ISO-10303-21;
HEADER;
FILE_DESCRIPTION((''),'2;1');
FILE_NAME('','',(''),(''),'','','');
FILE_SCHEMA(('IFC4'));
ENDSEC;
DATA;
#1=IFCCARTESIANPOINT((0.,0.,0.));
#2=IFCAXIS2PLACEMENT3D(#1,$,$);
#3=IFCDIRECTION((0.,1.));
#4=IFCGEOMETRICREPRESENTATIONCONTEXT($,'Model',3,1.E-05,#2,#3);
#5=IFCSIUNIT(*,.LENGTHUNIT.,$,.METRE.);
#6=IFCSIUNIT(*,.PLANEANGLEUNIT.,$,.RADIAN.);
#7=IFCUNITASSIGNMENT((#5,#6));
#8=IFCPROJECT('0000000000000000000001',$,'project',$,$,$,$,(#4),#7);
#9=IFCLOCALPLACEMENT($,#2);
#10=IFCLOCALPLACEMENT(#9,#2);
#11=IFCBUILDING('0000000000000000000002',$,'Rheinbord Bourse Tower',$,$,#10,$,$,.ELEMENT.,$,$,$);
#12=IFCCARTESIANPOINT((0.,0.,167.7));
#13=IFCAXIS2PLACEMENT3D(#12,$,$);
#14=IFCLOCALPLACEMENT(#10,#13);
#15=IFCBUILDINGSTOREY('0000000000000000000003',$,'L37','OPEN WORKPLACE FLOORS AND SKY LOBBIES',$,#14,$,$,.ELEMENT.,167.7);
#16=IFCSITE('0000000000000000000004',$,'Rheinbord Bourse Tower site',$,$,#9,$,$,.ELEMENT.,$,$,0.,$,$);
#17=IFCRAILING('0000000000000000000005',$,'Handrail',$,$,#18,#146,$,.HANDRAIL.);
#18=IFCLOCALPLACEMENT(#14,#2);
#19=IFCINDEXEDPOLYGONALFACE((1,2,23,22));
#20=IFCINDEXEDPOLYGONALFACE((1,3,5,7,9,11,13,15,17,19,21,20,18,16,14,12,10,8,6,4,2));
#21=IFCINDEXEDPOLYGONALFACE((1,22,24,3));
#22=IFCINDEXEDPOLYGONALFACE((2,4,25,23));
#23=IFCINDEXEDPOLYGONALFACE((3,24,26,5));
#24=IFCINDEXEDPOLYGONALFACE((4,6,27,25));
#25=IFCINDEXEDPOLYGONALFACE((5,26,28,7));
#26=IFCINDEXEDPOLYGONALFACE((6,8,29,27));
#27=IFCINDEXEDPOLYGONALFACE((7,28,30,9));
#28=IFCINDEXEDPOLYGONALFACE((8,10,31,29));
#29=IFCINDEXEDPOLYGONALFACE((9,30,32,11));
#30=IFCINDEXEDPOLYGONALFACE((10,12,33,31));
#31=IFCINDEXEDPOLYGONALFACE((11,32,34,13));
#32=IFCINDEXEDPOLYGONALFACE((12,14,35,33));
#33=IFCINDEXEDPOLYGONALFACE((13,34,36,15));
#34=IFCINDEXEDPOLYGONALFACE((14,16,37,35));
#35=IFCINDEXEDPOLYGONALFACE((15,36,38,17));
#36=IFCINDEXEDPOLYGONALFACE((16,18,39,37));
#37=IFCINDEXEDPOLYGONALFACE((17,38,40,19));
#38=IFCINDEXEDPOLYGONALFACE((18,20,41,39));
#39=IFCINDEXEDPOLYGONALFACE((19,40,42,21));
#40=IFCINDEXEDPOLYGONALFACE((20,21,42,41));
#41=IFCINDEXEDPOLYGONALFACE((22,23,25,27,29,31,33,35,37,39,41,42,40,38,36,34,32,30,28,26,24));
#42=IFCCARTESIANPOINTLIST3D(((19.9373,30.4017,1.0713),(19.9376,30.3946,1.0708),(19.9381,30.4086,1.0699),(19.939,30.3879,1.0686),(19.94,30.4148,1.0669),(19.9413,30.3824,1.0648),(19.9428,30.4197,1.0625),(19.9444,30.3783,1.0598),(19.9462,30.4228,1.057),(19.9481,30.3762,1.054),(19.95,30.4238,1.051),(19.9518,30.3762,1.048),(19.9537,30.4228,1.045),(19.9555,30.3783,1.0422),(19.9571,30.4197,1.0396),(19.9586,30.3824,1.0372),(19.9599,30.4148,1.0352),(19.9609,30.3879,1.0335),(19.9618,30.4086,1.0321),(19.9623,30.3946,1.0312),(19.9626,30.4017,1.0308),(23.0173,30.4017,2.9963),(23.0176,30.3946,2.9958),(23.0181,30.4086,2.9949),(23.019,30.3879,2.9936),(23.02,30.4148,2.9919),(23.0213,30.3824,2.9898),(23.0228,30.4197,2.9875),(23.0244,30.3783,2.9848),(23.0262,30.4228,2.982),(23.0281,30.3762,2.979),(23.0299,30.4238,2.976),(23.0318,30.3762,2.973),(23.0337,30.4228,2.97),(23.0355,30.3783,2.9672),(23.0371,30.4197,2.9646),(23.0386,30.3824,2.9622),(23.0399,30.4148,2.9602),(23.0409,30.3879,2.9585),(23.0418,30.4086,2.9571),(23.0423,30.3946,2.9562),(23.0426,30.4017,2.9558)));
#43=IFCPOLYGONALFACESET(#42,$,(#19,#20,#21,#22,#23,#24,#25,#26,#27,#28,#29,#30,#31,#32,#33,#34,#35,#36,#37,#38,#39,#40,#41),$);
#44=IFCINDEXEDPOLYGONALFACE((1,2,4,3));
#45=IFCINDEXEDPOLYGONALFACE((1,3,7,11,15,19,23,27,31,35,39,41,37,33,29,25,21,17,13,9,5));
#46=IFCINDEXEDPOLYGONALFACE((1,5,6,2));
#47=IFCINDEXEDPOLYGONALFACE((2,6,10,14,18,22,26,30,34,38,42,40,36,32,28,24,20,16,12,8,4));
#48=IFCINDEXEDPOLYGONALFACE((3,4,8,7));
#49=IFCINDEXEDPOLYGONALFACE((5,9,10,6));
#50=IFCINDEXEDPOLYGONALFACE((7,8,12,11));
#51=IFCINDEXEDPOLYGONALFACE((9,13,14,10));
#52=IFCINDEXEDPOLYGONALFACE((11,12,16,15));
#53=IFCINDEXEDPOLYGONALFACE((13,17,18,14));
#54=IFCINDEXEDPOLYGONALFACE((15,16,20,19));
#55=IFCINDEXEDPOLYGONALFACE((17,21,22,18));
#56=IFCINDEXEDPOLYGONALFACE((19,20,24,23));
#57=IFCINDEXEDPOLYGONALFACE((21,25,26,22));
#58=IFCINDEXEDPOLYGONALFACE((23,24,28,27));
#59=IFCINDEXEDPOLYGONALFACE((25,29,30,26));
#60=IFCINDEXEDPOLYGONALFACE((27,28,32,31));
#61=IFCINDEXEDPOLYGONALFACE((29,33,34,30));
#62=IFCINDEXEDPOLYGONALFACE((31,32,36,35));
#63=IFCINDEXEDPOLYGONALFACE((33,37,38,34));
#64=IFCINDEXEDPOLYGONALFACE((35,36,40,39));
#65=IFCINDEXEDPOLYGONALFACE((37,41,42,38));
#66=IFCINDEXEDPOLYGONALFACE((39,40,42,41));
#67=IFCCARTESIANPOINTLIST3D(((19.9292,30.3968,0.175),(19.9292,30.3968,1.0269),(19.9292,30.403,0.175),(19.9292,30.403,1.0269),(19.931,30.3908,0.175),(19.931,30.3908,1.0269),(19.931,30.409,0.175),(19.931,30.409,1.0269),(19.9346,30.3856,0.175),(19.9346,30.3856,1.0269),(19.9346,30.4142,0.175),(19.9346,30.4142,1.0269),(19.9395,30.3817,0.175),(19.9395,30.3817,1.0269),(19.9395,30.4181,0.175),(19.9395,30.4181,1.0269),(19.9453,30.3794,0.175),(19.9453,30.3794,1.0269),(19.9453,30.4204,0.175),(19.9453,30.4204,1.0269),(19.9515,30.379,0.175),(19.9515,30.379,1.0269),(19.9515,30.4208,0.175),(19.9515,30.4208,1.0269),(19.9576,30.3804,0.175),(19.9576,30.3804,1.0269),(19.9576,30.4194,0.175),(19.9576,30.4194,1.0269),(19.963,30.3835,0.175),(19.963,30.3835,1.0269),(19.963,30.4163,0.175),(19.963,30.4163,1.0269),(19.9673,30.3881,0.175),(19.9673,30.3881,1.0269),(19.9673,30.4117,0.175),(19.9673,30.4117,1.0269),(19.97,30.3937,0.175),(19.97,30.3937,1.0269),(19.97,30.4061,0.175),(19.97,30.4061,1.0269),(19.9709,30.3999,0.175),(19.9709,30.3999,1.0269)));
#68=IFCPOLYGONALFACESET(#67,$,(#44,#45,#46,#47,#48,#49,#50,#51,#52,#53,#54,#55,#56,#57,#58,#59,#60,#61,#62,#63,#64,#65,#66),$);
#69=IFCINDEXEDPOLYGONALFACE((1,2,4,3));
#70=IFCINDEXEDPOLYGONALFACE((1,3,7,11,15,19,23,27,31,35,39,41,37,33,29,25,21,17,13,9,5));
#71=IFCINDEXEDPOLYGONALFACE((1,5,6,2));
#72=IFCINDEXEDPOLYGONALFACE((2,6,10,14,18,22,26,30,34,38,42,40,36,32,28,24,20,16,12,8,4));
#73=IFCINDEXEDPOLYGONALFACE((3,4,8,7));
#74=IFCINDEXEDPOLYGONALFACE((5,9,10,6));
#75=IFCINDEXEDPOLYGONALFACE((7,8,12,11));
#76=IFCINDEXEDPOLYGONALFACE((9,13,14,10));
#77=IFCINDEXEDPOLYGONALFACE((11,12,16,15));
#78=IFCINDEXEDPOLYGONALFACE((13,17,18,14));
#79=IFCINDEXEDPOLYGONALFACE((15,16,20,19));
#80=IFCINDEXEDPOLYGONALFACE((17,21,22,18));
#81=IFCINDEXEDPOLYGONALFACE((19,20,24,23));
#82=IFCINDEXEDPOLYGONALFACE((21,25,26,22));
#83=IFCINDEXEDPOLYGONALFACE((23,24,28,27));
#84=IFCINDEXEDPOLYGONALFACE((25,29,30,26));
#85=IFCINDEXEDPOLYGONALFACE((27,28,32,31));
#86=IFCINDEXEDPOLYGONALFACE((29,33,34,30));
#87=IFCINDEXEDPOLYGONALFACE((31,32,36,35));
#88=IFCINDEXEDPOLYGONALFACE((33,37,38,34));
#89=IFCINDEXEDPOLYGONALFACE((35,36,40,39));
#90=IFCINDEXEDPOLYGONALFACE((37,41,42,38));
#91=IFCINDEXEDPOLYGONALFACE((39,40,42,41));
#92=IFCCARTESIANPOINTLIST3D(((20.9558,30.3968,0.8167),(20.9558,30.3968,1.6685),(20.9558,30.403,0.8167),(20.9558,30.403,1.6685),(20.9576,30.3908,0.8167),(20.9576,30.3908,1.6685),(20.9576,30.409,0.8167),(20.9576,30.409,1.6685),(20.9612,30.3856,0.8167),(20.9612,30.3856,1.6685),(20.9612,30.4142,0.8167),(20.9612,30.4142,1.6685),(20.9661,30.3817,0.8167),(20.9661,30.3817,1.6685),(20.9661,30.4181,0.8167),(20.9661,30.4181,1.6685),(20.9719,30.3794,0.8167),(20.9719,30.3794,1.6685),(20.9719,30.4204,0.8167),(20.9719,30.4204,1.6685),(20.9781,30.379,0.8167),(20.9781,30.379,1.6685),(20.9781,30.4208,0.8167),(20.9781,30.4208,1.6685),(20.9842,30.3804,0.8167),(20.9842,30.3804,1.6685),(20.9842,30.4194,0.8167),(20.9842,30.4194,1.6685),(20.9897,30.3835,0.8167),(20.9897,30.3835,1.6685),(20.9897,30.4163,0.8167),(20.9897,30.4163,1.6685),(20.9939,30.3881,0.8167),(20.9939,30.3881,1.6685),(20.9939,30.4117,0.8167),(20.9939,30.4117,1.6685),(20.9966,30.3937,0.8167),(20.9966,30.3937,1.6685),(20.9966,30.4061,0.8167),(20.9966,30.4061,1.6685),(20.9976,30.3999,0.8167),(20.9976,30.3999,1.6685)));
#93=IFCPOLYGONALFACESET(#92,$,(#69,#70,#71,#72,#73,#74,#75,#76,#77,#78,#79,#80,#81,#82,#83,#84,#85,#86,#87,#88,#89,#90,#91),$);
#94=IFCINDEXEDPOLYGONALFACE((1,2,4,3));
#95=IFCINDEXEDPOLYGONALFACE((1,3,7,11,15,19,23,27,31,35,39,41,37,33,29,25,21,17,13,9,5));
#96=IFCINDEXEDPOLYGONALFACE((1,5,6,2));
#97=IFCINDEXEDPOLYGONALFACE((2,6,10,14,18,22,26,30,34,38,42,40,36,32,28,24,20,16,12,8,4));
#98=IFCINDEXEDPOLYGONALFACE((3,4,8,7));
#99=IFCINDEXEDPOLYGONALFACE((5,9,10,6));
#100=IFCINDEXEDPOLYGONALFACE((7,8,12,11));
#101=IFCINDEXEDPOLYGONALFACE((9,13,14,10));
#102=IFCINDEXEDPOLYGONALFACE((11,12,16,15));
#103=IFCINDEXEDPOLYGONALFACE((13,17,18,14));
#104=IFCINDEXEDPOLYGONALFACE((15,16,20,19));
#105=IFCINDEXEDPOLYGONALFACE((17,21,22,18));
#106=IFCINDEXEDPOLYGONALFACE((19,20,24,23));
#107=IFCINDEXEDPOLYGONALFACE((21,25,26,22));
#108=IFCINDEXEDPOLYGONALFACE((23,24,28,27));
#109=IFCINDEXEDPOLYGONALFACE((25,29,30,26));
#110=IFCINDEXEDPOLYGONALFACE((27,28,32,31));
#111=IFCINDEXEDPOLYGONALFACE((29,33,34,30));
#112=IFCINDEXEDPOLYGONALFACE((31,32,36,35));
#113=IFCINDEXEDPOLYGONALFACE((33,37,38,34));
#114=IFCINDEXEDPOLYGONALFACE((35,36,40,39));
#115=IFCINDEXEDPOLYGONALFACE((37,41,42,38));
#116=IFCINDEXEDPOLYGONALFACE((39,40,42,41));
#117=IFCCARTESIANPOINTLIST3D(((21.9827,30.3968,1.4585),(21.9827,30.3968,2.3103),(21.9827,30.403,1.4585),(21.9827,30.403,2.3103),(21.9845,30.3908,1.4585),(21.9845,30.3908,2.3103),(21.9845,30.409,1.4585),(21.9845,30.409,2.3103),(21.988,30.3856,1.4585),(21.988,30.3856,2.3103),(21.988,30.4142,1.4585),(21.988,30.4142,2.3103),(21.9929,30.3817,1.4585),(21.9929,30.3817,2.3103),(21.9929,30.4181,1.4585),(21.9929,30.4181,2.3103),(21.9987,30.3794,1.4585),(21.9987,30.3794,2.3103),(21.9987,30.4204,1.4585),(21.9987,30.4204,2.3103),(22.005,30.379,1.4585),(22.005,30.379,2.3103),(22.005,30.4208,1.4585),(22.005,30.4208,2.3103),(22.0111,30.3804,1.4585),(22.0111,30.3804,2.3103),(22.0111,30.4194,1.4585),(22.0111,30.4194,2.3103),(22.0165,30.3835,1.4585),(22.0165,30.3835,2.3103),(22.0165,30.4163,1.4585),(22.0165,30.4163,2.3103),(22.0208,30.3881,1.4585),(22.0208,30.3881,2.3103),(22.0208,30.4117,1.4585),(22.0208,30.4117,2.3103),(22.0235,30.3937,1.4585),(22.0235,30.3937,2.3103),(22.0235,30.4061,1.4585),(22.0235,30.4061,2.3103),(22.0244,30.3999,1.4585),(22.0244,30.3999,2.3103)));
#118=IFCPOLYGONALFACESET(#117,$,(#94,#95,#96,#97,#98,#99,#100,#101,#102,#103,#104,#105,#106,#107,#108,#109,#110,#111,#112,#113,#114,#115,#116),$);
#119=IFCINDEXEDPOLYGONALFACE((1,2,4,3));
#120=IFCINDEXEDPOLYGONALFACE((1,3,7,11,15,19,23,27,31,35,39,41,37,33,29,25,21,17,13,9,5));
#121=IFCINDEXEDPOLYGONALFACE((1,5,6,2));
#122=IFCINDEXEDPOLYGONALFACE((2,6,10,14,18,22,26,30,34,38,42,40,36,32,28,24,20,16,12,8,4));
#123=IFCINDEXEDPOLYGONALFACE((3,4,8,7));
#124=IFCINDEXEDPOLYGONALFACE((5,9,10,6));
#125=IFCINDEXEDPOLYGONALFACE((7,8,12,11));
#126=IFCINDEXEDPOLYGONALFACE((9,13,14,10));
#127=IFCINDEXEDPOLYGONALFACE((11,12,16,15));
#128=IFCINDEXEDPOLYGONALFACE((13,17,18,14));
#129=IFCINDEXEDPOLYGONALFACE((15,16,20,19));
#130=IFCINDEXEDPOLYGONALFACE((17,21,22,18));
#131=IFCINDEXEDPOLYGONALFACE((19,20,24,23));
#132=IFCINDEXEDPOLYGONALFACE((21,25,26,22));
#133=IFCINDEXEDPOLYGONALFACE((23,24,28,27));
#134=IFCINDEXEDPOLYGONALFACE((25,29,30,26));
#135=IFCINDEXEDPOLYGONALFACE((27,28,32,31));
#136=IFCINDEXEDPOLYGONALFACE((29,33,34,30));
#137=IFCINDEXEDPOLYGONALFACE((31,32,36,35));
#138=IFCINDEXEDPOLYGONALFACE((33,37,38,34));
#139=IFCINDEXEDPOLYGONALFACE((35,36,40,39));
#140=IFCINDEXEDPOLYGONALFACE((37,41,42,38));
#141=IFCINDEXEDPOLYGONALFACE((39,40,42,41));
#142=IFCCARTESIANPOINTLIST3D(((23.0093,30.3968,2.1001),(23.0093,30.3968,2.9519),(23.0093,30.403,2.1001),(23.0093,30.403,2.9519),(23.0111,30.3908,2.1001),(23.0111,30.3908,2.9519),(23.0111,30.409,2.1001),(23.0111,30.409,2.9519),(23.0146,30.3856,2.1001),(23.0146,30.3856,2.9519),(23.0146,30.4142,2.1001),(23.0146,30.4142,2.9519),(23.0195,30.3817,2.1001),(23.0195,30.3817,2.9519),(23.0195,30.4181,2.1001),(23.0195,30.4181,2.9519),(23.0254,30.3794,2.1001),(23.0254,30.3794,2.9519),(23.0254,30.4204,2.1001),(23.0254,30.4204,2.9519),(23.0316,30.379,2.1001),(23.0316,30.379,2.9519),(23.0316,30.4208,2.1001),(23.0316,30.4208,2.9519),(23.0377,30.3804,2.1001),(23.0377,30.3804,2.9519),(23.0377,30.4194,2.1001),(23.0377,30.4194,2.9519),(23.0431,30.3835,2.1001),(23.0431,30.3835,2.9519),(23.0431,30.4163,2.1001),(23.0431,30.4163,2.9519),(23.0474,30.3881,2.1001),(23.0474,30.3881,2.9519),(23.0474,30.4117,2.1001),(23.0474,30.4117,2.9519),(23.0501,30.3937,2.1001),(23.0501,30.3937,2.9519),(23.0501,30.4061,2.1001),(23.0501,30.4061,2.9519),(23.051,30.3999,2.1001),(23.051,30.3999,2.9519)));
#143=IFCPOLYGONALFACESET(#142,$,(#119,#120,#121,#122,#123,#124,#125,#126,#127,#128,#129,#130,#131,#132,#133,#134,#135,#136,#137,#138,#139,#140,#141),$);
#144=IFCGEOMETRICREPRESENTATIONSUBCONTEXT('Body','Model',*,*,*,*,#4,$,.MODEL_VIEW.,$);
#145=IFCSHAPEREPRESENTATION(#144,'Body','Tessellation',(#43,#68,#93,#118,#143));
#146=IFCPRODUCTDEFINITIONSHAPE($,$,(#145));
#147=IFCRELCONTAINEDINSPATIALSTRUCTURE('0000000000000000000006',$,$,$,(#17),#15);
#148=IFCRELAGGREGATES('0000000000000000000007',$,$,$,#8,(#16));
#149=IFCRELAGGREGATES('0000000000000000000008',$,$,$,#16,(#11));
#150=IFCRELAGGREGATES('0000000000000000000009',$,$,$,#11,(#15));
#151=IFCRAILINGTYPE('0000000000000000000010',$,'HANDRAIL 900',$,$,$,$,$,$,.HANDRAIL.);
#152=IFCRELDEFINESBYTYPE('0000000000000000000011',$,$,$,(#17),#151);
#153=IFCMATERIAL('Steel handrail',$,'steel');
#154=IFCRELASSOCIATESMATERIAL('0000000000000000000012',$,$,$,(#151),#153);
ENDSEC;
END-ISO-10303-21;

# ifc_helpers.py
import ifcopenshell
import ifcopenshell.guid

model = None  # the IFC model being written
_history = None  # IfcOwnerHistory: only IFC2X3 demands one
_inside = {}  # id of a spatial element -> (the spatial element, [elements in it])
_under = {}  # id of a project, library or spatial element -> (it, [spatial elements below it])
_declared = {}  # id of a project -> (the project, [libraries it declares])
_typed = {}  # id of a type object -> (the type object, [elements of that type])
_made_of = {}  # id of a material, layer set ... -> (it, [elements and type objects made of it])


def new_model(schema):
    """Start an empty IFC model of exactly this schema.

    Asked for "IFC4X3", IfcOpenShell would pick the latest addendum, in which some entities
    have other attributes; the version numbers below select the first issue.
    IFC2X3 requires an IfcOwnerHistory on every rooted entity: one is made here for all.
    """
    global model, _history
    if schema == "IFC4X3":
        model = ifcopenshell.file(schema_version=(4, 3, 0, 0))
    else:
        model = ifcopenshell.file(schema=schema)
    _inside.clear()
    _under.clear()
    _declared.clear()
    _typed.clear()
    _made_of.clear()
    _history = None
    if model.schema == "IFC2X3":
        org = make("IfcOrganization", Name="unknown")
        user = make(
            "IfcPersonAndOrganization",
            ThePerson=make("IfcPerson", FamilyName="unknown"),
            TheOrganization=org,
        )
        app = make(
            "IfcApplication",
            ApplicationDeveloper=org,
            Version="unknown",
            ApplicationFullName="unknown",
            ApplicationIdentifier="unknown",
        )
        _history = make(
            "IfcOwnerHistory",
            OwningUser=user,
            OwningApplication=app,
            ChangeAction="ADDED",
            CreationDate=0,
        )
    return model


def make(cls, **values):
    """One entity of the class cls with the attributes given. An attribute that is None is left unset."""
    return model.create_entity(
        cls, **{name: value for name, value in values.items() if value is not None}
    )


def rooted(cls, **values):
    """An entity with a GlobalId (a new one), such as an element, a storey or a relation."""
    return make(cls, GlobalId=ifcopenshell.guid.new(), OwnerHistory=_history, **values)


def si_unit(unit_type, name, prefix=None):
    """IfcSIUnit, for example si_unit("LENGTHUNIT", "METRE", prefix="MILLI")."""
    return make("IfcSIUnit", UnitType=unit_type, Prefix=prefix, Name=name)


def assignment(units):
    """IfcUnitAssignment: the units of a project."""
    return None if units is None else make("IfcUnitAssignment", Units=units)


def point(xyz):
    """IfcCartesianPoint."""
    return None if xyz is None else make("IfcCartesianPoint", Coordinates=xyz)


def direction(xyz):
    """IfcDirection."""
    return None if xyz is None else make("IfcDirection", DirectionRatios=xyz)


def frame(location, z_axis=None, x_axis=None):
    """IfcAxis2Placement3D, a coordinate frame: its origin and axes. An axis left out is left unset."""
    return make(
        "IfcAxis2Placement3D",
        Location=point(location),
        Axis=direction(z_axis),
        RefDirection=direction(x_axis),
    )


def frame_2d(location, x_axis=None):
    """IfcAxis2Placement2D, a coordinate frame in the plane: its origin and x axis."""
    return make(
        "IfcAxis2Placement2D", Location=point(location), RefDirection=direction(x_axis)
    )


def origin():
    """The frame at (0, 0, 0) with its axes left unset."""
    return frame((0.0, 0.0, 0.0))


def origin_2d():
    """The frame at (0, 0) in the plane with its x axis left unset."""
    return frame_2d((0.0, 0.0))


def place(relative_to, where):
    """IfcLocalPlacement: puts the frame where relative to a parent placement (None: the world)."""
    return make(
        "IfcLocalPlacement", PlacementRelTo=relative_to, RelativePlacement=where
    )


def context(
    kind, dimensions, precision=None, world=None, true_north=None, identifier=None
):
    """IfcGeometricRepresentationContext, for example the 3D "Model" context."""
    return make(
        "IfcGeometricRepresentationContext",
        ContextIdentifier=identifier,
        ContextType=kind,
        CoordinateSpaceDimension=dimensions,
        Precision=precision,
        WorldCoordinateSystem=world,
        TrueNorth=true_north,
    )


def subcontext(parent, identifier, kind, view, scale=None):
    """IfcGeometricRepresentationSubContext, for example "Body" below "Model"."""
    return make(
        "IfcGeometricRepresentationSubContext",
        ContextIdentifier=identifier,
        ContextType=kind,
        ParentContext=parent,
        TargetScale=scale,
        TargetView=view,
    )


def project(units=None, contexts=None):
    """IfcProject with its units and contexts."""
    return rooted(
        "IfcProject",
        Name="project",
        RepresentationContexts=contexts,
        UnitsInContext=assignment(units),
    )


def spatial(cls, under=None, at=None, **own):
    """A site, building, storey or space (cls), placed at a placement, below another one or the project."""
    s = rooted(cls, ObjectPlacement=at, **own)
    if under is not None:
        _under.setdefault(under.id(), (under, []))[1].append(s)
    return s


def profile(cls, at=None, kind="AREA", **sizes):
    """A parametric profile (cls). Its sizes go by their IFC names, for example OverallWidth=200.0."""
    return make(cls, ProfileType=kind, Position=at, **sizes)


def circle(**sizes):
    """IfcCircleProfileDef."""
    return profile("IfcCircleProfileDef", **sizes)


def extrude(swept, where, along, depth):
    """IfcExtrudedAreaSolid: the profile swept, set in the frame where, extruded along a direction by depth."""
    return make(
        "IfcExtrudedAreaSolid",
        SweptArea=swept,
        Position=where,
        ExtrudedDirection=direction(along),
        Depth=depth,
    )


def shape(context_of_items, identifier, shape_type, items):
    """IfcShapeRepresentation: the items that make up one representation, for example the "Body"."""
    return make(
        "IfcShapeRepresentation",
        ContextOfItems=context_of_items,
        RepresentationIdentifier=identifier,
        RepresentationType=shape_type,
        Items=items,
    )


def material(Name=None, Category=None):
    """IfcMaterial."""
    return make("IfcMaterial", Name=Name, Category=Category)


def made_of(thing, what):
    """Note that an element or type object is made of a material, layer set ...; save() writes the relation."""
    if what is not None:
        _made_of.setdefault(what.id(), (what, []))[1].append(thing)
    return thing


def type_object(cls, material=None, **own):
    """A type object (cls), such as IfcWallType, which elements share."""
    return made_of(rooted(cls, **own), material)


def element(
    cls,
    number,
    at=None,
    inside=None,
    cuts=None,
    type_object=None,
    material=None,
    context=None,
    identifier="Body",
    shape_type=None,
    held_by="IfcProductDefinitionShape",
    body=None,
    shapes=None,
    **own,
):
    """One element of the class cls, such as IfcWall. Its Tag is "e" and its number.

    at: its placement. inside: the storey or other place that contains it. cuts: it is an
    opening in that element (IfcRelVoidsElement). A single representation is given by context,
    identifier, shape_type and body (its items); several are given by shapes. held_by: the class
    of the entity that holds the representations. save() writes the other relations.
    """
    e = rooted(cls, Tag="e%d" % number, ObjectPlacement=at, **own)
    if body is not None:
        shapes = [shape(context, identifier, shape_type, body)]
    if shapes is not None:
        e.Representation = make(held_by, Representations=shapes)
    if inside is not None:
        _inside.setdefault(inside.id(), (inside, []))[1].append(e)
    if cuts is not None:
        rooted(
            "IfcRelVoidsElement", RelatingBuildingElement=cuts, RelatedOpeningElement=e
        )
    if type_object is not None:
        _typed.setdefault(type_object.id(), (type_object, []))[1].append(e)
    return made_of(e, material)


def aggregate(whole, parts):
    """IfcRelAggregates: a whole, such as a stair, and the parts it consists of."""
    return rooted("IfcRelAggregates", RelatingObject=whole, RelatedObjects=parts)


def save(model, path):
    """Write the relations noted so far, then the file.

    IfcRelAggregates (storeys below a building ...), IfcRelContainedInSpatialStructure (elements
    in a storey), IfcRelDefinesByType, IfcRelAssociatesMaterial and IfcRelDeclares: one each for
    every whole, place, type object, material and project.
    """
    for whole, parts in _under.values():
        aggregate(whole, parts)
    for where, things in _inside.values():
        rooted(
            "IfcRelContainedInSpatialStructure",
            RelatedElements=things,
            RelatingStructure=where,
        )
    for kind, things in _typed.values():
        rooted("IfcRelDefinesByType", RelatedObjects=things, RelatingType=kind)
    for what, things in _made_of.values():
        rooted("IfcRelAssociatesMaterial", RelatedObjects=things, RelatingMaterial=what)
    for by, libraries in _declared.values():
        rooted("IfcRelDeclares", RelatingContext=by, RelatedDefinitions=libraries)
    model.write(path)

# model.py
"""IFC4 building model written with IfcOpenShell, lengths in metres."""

from ifc_helpers import new_model, si_unit, direction, frame, origin, origin_2d, place, context, subcontext, project, spatial, circle, extrude, material, type_object, element, save


model = new_model("IFC4")

# Units and contexts
model_context = context("Model", 3, precision=1e-05, world=origin(), true_north=direction((0.0, 1.0)))
body_context = subcontext(model_context, "Body", "Model", "MODEL_VIEW")
ifc_project = project(units=[si_unit("LENGTHUNIT", "METRE"), si_unit("PLANEANGLEUNIT", "RADIAN")], contexts=[model_context])

# Site, building, storey
site_placement = place(None, origin())
site = spatial("IfcSite", under=ifc_project, at=site_placement, Name="Rheinbord Bourse Tower site", CompositionType="ELEMENT", RefElevation=0.0)
building_placement = place(site_placement, origin())
building = spatial("IfcBuilding", under=site, at=building_placement, Name="Rheinbord Bourse Tower", CompositionType="ELEMENT")
storey_placement = place(building_placement, frame((0.0, 0.0, 167.7)))
storey = spatial("IfcBuildingStorey", under=building, at=storey_placement, Name="L37", Description="OPEN WORKPLACE FLOORS AND SKY LOBBIES", CompositionType="ELEMENT", Elevation=167.7)

# Railing
ifc_material_1 = material(Name="Steel handrail", Category="steel")
railing_type = type_object("IfcRailingType", Name="HANDRAIL 900", PredefinedType="HANDRAIL", material=ifc_material_1)
railing_1_placement = place(storey_placement, frame((19.95, 30.3999, 0.175)))
element("IfcRailing", 1, at=railing_1_placement, inside=storey, type_object=railing_type, Name="Handrail", PredefinedType="HANDRAIL", context=body_context, shape_type="SweptSolid", body=[
    extrude(circle(Radius=0.0239, at=origin_2d()), frame((0.0, 0.0, 0.876), z_axis=(0.847998, 0.0, 0.529999), x_axis=(0.0, 1.0, 0.0)), (0.0, 0.0, 1.0), 3.6321),
    extrude(circle(Radius=0.021, at=origin_2d()), origin(), (0.0, 0.0, 1.0), 0.8518),
    extrude(circle(Radius=0.021, at=origin_2d()), frame((1.0266, 0.0, 0.6416)), (0.0, 0.0, 1.0), 0.8518),
    extrude(circle(Radius=0.021, at=origin_2d()), frame((2.0535, 0.0, 1.2834)), (0.0, 0.0, 1.0), 0.8518),
    extrude(circle(Radius=0.021, at=origin_2d()), frame((3.0801, 0.0, 1.925)), (0.0, 0.0, 1.0), 0.8518),
])

save(model, "model.ifc")
